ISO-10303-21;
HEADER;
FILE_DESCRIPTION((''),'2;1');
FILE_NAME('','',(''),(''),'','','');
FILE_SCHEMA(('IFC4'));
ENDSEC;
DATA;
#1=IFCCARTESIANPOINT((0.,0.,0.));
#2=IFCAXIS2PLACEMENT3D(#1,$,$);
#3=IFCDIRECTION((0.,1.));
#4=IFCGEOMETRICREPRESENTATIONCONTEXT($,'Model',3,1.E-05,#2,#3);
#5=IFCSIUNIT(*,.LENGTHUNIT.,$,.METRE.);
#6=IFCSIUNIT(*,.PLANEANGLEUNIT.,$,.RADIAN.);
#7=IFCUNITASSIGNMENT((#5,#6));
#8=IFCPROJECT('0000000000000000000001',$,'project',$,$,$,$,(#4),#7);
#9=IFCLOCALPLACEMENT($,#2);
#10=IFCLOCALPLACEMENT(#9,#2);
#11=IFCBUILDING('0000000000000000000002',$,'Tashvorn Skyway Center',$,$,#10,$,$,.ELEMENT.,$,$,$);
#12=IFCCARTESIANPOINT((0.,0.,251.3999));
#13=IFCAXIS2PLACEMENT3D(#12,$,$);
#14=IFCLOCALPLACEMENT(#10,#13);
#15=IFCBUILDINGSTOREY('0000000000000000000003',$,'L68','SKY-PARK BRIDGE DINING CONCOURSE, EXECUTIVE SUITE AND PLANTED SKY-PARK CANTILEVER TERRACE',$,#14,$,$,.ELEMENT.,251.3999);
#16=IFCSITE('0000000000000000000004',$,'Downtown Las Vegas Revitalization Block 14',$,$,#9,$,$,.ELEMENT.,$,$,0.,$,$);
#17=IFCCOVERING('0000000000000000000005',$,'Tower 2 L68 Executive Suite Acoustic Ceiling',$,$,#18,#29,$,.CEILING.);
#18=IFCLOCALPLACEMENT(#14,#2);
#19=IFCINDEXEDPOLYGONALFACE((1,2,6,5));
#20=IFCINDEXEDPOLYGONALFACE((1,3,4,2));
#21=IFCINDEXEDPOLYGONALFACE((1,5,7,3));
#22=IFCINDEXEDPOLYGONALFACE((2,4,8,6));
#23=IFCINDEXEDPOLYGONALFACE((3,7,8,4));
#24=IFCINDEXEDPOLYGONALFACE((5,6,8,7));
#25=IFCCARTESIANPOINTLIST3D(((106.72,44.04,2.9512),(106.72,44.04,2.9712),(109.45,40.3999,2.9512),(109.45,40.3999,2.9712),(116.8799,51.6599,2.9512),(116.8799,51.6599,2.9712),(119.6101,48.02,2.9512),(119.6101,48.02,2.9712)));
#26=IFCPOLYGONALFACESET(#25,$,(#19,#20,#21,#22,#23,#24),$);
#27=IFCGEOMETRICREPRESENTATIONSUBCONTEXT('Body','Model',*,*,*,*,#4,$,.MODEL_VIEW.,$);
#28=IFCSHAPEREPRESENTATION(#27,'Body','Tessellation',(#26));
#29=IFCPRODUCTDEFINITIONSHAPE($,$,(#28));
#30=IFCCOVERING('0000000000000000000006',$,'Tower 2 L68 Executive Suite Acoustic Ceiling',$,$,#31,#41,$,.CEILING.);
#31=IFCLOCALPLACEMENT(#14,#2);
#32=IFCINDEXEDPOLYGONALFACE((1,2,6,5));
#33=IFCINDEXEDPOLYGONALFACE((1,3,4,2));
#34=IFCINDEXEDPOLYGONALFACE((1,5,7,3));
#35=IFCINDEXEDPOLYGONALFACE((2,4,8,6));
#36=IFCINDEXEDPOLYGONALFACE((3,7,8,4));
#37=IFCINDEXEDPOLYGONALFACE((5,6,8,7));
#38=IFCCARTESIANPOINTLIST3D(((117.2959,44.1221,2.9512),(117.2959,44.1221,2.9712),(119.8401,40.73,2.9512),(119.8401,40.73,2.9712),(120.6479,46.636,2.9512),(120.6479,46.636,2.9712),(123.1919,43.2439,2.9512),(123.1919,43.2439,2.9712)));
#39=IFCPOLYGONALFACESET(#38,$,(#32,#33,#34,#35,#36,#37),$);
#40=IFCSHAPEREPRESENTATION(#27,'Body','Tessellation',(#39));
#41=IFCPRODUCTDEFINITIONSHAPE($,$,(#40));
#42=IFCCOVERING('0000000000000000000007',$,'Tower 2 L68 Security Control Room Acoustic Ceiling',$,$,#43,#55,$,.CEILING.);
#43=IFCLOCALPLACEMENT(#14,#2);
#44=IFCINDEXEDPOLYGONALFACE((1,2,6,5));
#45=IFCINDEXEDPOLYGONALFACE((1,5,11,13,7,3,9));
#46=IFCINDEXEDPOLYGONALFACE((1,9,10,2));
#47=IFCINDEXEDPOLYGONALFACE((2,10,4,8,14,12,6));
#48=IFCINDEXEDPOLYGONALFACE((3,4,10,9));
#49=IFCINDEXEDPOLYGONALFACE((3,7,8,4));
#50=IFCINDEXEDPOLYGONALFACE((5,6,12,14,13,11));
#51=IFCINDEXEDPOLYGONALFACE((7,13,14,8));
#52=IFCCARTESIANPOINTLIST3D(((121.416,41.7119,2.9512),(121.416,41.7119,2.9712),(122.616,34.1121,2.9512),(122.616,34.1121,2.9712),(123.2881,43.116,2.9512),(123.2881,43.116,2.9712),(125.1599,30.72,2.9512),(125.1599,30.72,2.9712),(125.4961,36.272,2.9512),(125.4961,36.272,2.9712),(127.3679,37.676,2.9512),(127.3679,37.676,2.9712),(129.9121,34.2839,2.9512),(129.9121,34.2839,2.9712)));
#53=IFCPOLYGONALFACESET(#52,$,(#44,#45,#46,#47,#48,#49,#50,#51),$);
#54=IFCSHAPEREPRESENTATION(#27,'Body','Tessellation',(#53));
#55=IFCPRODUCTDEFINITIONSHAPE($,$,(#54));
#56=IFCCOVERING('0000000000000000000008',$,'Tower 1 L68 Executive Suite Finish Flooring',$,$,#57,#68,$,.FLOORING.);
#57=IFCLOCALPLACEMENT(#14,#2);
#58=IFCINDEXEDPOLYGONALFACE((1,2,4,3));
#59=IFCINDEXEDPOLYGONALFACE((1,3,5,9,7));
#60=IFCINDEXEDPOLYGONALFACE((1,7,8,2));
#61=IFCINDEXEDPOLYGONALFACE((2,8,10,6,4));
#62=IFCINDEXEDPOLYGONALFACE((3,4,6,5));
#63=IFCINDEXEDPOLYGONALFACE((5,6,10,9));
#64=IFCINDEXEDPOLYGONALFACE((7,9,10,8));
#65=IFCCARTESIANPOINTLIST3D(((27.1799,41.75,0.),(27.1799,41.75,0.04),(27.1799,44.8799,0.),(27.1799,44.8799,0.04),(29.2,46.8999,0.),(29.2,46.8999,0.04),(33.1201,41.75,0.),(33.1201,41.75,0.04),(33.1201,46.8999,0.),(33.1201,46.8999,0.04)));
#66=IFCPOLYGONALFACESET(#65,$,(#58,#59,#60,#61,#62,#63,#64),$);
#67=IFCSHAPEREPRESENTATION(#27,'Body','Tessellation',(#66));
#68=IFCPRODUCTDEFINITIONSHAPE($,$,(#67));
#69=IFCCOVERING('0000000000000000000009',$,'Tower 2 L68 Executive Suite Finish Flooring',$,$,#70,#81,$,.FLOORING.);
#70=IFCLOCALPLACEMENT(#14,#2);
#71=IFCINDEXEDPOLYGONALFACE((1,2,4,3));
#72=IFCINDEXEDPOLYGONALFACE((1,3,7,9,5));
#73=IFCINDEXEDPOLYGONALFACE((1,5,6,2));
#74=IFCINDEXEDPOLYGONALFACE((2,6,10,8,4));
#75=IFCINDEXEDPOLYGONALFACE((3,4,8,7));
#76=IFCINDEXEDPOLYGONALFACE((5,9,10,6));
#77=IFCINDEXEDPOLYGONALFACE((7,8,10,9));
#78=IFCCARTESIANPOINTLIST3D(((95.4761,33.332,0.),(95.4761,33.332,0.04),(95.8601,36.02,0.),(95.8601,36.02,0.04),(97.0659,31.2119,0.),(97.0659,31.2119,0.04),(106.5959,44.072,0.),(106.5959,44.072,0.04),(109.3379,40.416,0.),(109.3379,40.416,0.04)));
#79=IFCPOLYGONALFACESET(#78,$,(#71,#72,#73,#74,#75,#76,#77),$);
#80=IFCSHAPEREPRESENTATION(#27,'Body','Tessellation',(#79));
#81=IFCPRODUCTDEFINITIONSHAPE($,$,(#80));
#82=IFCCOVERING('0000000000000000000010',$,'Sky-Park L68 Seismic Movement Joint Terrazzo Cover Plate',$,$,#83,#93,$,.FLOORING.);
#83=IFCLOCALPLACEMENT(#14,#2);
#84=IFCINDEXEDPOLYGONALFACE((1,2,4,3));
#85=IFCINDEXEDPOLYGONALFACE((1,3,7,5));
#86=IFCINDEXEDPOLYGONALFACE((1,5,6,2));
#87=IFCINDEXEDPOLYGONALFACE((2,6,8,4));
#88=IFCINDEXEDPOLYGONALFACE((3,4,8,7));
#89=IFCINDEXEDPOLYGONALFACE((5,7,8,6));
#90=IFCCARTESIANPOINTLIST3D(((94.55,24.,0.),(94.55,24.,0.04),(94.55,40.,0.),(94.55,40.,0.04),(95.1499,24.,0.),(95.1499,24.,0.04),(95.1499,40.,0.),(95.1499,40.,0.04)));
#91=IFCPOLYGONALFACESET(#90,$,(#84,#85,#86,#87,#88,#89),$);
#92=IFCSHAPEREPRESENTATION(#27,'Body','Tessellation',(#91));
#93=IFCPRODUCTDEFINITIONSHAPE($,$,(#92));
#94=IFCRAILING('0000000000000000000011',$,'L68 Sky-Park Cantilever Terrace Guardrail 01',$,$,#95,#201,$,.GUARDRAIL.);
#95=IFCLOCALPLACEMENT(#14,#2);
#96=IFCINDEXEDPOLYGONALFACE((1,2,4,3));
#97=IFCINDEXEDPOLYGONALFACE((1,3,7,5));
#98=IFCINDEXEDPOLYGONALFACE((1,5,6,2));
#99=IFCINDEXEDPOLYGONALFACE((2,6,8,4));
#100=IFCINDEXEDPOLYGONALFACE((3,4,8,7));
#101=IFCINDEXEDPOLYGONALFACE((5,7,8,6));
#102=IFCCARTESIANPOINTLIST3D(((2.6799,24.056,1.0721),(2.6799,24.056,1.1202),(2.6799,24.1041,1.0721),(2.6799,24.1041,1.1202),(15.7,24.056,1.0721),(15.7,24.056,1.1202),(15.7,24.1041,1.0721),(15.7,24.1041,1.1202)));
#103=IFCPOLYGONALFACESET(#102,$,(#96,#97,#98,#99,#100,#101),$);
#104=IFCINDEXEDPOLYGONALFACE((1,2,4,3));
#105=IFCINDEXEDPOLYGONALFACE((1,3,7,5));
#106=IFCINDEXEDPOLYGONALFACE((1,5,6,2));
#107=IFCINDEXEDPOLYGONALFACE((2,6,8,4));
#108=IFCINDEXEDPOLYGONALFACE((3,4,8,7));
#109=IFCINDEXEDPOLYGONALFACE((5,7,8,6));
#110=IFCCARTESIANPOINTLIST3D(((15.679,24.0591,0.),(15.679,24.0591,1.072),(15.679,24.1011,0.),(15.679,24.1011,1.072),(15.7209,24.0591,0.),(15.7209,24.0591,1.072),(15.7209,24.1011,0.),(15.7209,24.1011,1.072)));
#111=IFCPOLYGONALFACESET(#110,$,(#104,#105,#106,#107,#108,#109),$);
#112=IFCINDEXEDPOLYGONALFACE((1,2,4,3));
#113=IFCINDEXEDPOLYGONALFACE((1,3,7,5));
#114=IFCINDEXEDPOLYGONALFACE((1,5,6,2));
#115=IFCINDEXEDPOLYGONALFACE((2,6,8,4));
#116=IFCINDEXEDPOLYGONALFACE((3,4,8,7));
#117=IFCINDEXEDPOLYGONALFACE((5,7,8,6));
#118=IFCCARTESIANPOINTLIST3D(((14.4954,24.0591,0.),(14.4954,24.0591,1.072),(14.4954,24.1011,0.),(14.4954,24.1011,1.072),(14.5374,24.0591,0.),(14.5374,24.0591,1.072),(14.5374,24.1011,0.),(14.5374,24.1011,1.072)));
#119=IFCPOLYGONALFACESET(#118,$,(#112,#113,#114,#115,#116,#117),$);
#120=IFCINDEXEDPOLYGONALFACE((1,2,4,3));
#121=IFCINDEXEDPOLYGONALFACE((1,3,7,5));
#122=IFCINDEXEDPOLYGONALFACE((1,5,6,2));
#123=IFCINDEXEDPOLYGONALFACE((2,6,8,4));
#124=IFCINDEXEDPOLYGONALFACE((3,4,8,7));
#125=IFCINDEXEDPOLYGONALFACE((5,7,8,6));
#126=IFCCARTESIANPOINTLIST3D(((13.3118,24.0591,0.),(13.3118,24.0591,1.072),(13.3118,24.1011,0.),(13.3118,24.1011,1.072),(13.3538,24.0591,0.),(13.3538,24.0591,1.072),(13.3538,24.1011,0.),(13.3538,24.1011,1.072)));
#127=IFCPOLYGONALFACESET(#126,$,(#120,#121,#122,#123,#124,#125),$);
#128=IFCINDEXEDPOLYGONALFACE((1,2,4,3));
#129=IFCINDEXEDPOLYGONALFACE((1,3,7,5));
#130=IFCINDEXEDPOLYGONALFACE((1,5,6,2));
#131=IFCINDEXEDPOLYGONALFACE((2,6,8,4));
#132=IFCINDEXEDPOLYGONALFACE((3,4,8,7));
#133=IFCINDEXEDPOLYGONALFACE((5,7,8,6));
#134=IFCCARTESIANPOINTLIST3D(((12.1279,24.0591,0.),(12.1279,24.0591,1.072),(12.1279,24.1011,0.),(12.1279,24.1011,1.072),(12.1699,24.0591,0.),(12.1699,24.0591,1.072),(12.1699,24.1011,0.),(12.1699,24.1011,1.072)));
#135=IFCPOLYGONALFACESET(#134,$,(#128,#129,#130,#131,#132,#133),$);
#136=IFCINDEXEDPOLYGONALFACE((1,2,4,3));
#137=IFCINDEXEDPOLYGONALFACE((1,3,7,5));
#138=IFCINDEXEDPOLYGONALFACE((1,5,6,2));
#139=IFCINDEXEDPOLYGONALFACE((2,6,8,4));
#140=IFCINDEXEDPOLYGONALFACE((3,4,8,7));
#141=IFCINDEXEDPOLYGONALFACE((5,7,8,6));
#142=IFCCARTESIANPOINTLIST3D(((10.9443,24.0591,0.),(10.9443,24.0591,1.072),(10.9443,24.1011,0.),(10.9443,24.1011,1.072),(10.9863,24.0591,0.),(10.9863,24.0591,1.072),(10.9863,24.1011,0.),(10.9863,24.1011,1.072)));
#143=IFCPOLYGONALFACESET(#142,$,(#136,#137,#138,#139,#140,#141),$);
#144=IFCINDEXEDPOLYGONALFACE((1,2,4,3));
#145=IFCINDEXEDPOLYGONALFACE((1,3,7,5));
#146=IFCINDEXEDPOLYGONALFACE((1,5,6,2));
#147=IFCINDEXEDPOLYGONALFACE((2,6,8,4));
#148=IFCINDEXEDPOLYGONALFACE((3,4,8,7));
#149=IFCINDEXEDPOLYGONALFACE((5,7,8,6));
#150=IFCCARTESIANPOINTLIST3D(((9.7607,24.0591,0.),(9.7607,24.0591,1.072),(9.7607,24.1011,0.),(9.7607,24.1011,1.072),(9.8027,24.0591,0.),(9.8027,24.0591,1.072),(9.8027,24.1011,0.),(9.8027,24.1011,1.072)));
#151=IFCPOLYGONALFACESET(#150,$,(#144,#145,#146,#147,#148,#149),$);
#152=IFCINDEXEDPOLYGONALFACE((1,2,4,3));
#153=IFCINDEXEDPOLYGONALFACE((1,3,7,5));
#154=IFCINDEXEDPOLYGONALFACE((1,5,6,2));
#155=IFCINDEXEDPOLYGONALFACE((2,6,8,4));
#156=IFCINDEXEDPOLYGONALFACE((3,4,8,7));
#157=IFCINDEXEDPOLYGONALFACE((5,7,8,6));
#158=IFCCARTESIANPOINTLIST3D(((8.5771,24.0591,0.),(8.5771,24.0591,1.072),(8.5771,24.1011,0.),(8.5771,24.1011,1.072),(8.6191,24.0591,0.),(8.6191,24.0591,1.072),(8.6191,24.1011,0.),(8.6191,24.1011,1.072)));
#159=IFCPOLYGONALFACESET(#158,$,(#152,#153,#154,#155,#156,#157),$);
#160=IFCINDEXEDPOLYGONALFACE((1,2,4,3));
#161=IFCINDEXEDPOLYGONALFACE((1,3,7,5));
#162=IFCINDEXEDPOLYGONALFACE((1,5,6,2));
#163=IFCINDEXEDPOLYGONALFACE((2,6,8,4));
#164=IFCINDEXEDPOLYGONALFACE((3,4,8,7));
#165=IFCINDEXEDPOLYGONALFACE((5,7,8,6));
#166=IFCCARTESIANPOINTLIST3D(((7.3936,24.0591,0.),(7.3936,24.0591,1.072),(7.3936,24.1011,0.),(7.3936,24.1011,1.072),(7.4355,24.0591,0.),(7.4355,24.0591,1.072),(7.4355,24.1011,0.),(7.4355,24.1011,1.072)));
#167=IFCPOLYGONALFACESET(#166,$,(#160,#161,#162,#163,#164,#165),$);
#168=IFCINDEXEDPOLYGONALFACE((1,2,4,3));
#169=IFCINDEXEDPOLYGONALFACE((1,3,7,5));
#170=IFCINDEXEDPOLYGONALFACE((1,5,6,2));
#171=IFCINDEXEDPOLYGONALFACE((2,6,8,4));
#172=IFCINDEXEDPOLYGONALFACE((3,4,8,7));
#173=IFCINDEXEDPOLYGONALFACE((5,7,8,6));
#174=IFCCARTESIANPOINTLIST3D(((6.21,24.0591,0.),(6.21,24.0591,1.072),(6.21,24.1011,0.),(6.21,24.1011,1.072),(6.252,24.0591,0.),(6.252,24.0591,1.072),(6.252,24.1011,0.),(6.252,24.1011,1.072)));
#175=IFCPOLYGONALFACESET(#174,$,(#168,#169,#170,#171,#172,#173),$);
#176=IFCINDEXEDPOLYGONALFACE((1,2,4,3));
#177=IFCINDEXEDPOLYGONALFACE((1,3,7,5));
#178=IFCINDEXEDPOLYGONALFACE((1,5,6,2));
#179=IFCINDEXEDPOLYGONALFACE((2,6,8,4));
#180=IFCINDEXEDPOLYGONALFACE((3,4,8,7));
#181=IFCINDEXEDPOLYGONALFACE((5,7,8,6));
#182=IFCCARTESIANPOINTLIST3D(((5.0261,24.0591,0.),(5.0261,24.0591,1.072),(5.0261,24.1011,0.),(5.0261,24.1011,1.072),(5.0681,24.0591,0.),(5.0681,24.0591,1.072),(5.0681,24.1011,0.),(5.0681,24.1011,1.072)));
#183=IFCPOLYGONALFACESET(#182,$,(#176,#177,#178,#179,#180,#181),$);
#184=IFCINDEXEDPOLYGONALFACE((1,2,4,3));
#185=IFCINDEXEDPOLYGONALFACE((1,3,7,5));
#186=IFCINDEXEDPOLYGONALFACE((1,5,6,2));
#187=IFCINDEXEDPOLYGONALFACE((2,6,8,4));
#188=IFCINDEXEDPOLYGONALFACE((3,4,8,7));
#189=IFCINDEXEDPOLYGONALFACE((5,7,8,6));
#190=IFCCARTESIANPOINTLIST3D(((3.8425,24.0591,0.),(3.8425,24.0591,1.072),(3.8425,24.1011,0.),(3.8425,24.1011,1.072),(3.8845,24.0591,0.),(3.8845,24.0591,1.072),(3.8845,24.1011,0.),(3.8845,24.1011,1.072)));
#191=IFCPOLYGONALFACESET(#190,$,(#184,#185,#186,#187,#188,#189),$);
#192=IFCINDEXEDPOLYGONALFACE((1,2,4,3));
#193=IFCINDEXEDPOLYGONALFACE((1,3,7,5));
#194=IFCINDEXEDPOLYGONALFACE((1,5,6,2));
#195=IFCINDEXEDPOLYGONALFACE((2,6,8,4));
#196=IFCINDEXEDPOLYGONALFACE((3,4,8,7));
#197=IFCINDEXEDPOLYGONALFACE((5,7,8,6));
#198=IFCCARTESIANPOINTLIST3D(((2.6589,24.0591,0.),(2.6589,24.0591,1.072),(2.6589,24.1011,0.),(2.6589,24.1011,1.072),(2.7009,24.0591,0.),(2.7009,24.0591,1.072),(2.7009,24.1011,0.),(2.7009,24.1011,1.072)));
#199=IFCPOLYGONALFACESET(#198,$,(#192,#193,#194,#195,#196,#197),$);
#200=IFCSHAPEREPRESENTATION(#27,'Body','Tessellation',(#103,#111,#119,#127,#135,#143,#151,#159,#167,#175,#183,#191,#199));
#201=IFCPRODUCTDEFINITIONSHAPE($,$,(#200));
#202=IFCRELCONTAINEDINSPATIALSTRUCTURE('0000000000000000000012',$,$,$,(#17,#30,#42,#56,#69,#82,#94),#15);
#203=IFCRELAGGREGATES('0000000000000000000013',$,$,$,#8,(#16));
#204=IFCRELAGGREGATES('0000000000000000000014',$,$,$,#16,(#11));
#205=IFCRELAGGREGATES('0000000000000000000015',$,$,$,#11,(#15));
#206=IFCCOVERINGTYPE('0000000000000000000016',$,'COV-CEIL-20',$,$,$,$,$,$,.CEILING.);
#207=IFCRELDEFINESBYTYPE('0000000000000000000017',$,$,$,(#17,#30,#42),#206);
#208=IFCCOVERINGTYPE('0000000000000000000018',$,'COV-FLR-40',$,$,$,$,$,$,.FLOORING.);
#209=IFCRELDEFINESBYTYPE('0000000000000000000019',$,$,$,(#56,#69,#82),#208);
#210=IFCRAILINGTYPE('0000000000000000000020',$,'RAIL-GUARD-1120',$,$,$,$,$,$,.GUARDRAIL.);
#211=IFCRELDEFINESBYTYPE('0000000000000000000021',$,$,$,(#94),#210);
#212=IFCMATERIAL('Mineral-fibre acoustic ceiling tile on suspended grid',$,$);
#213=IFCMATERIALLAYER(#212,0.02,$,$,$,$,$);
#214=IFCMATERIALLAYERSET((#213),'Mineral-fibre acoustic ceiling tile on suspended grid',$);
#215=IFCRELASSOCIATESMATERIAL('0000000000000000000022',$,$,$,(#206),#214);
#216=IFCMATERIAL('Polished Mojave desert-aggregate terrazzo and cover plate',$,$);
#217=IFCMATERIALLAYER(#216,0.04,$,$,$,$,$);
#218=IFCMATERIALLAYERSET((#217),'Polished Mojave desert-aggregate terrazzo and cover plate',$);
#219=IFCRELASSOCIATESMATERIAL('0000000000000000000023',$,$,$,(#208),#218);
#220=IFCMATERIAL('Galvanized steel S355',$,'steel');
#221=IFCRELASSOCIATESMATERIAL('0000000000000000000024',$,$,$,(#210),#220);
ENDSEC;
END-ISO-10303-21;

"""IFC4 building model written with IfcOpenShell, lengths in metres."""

from ifc_helpers import new_model, si_unit, direction, frame, origin, origin_2d, place, context, subcontext, project, spatial, polyline, rectangle, outline, extrude, material, layer, layer_set, type_object, element, save


model = new_model("IFC4")

# Units and contexts
model_context = context("Model", 3, precision=1e-05, world=origin(), true_north=direction((0.0, 1.0)))
body_context = subcontext(model_context, "Body", "Model", "MODEL_VIEW")
ifc_project = project(units=[si_unit("LENGTHUNIT", "METRE"), si_unit("PLANEANGLEUNIT", "RADIAN")], contexts=[model_context])

# Site, building, storey
site_placement = place(None, origin())
site = spatial("IfcSite", under=ifc_project, at=site_placement, Name="Downtown Las Vegas Revitalization Block 14", CompositionType="ELEMENT", RefElevation=0.0)
building_placement = place(site_placement, origin())
building = spatial("IfcBuilding", under=site, at=building_placement, Name="Tashvorn Skyway Center", CompositionType="ELEMENT")
storey_placement = place(building_placement, frame((0.0, 0.0, 251.3999)))
storey = spatial("IfcBuildingStorey", under=building, at=storey_placement, Name="L68", Description="SKY-PARK BRIDGE DINING CONCOURSE, EXECUTIVE SUITE AND PLANTED SKY-PARK CANTILEVER TERRACE", CompositionType="ELEMENT", Elevation=251.3999)

# Coverings
ifc_material_1 = material(Name="Mineral-fibre acoustic ceiling tile on suspended grid")
ifc_layer_1 = layer(ifc_material_1, 0.02)
ifc_layer_set_1 = layer_set([ifc_layer_1], Name="Mineral-fibre acoustic ceiling tile on suspended grid")
covering_type_1 = type_object("IfcCoveringType", Name="COV-CEIL-20", PredefinedType="CEILING", material=ifc_layer_set_1)
covering_1_placement = place(storey_placement, frame((0.0, 0.0, 2.9512)))
element("IfcCovering", 1, at=covering_1_placement, inside=storey, type_object=covering_type_1, Name="Tower 2 L68 Executive Suite Acoustic Ceiling", PredefinedType="CEILING", context=body_context, shape_type="SweptSolid", body=[
    extrude(outline(polyline([(109.45, 40.3999), (119.6101, 48.02), (116.8799, 51.6599), (106.72, 44.04), (109.45, 40.3999)])), origin(), (0.0, 0.0, 1.0), 0.02),
])
covering_2_placement = place(storey_placement, frame((0.0, 0.0, 2.9512)))
element("IfcCovering", 2, at=covering_2_placement, inside=storey, type_object=covering_type_1, Name="Tower 2 L68 Executive Suite Acoustic Ceiling", PredefinedType="CEILING", context=body_context, shape_type="SweptSolid", body=[
    extrude(outline(polyline([(119.8401, 40.73), (117.2959, 44.1221), (120.6479, 46.636), (123.1919, 43.2439), (119.8401, 40.73)])), origin(), (0.0, 0.0, 1.0), 0.02),
])
covering_3_placement = place(storey_placement, frame((0.0, 0.0, 2.9512)))
element("IfcCovering", 3, at=covering_3_placement, inside=storey, type_object=covering_type_1, Name="Tower 2 L68 Security Control Room Acoustic Ceiling", PredefinedType="CEILING", context=body_context, shape_type="SweptSolid", body=[
    extrude(outline(polyline([(125.1599, 30.72), (122.616, 34.1121), (125.4961, 36.272), (121.416, 41.7119), (123.2881, 43.116), (127.3679, 37.676), (129.9121, 34.2839), (125.1599, 30.72)])), origin(), (0.0, 0.0, 1.0), 0.02),
])
ifc_material_2 = material(Name="Polished Mojave desert-aggregate terrazzo and cover plate")
ifc_layer_2 = layer(ifc_material_2, 0.04)
ifc_layer_set_2 = layer_set([ifc_layer_2], Name="Polished Mojave desert-aggregate terrazzo and cover plate")
covering_type_2 = type_object("IfcCoveringType", Name="COV-FLR-40", PredefinedType="FLOORING", material=ifc_layer_set_2)
covering_4_placement = place(storey_placement, origin())
element("IfcCovering", 4, at=covering_4_placement, inside=storey, type_object=covering_type_2, Name="Tower 1 L68 Executive Suite Finish Flooring", PredefinedType="FLOORING", context=body_context, shape_type="SweptSolid", body=[
    extrude(outline(polyline([(33.1201, 41.75), (27.1799, 41.75), (27.1799, 44.8799), (29.2, 46.8999), (33.1201, 46.8999), (33.1201, 41.75)])), origin(), (0.0, 0.0, 1.0), 0.04),
])
covering_5_placement = place(storey_placement, origin())
element("IfcCovering", 5, at=covering_5_placement, inside=storey, type_object=covering_type_2, Name="Tower 2 L68 Executive Suite Finish Flooring", PredefinedType="FLOORING", context=body_context, shape_type="SweptSolid", body=[
    extrude(outline(polyline([(109.3379, 40.416), (97.0659, 31.2119), (95.4761, 33.332), (95.8601, 36.02), (106.5959, 44.072), (109.3379, 40.416)])), origin(), (0.0, 0.0, 1.0), 0.04),
])
covering_6_placement = place(storey_placement, origin())
element("IfcCovering", 6, at=covering_6_placement, inside=storey, type_object=covering_type_2, Name="Sky-Park L68 Seismic Movement Joint Terrazzo Cover Plate", PredefinedType="FLOORING", context=body_context, shape_type="SweptSolid", body=[
    extrude(outline(polyline([(94.55, 24.0), (95.1499, 24.0), (95.1499, 40.0), (94.55, 40.0), (94.55, 24.0)])), origin(), (0.0, 0.0, 1.0), 0.04),
])

# Railing
ifc_material_3 = material(Name="Galvanized steel S355", Category="steel")
railing_type = type_object("IfcRailingType", Name="RAIL-GUARD-1120", PredefinedType="GUARDRAIL", material=ifc_material_3)
railing_1_placement = place(storey_placement, frame((15.7, 24.0801, 0.0)))
element("IfcRailing", 7, at=railing_1_placement, inside=storey, type_object=railing_type, Name="L68 Sky-Park Cantilever Terrace Guardrail 01", PredefinedType="GUARDRAIL", context=body_context, shape_type="SweptSolid", body=[
    extrude(rectangle(XDim=0.0481, YDim=0.0481, at=origin_2d()), frame((0.0, 0.0, 1.0962), z_axis=(-1.0, 0.0, 0.0), x_axis=(0.0, -1.0, 0.0)), (0.0, 0.0, 1.0), 13.02),
    extrude(rectangle(XDim=0.042, YDim=0.042, at=origin_2d()), origin(), (0.0, 0.0, 1.0), 1.072),
    extrude(rectangle(XDim=0.042, YDim=0.042, at=origin_2d()), frame((-1.1836, 0.0, 0.0)), (0.0, 0.0, 1.0), 1.072),
    extrude(rectangle(XDim=0.042, YDim=0.042, at=origin_2d()), frame((-2.3672, 0.0, 0.0)), (0.0, 0.0, 1.0), 1.072),
    extrude(rectangle(XDim=0.042, YDim=0.042, at=origin_2d()), frame((-3.551, 0.0, 0.0)), (0.0, 0.0, 1.0), 1.072),
    extrude(rectangle(XDim=0.042, YDim=0.042, at=origin_2d()), frame((-4.7346, 0.0, 0.0)), (0.0, 0.0, 1.0), 1.072),
    extrude(rectangle(XDim=0.042, YDim=0.042, at=origin_2d()), frame((-5.9182, 0.0, 0.0)), (0.0, 0.0, 1.0), 1.072),
    extrude(rectangle(XDim=0.042, YDim=0.042, at=origin_2d()), frame((-7.1018, 0.0, 0.0)), (0.0, 0.0, 1.0), 1.072),
    extrude(rectangle(XDim=0.042, YDim=0.042, at=origin_2d()), frame((-8.2854, 0.0, 0.0)), (0.0, 0.0, 1.0), 1.072),
    extrude(rectangle(XDim=0.042, YDim=0.042, at=origin_2d()), frame((-9.469, 0.0, 0.0)), (0.0, 0.0, 1.0), 1.072),
    extrude(rectangle(XDim=0.042, YDim=0.042, at=origin_2d()), frame((-10.6528, 0.0, 0.0)), (0.0, 0.0, 1.0), 1.072),
    extrude(rectangle(XDim=0.042, YDim=0.042, at=origin_2d()), frame((-11.8364, 0.0, 0.0)), (0.0, 0.0, 1.0), 1.072),
    extrude(rectangle(XDim=0.042, YDim=0.042, at=origin_2d()), frame((-13.02, 0.0, 0.0)), (0.0, 0.0, 1.0), 1.072),
])

save(model, "model.ifc")
